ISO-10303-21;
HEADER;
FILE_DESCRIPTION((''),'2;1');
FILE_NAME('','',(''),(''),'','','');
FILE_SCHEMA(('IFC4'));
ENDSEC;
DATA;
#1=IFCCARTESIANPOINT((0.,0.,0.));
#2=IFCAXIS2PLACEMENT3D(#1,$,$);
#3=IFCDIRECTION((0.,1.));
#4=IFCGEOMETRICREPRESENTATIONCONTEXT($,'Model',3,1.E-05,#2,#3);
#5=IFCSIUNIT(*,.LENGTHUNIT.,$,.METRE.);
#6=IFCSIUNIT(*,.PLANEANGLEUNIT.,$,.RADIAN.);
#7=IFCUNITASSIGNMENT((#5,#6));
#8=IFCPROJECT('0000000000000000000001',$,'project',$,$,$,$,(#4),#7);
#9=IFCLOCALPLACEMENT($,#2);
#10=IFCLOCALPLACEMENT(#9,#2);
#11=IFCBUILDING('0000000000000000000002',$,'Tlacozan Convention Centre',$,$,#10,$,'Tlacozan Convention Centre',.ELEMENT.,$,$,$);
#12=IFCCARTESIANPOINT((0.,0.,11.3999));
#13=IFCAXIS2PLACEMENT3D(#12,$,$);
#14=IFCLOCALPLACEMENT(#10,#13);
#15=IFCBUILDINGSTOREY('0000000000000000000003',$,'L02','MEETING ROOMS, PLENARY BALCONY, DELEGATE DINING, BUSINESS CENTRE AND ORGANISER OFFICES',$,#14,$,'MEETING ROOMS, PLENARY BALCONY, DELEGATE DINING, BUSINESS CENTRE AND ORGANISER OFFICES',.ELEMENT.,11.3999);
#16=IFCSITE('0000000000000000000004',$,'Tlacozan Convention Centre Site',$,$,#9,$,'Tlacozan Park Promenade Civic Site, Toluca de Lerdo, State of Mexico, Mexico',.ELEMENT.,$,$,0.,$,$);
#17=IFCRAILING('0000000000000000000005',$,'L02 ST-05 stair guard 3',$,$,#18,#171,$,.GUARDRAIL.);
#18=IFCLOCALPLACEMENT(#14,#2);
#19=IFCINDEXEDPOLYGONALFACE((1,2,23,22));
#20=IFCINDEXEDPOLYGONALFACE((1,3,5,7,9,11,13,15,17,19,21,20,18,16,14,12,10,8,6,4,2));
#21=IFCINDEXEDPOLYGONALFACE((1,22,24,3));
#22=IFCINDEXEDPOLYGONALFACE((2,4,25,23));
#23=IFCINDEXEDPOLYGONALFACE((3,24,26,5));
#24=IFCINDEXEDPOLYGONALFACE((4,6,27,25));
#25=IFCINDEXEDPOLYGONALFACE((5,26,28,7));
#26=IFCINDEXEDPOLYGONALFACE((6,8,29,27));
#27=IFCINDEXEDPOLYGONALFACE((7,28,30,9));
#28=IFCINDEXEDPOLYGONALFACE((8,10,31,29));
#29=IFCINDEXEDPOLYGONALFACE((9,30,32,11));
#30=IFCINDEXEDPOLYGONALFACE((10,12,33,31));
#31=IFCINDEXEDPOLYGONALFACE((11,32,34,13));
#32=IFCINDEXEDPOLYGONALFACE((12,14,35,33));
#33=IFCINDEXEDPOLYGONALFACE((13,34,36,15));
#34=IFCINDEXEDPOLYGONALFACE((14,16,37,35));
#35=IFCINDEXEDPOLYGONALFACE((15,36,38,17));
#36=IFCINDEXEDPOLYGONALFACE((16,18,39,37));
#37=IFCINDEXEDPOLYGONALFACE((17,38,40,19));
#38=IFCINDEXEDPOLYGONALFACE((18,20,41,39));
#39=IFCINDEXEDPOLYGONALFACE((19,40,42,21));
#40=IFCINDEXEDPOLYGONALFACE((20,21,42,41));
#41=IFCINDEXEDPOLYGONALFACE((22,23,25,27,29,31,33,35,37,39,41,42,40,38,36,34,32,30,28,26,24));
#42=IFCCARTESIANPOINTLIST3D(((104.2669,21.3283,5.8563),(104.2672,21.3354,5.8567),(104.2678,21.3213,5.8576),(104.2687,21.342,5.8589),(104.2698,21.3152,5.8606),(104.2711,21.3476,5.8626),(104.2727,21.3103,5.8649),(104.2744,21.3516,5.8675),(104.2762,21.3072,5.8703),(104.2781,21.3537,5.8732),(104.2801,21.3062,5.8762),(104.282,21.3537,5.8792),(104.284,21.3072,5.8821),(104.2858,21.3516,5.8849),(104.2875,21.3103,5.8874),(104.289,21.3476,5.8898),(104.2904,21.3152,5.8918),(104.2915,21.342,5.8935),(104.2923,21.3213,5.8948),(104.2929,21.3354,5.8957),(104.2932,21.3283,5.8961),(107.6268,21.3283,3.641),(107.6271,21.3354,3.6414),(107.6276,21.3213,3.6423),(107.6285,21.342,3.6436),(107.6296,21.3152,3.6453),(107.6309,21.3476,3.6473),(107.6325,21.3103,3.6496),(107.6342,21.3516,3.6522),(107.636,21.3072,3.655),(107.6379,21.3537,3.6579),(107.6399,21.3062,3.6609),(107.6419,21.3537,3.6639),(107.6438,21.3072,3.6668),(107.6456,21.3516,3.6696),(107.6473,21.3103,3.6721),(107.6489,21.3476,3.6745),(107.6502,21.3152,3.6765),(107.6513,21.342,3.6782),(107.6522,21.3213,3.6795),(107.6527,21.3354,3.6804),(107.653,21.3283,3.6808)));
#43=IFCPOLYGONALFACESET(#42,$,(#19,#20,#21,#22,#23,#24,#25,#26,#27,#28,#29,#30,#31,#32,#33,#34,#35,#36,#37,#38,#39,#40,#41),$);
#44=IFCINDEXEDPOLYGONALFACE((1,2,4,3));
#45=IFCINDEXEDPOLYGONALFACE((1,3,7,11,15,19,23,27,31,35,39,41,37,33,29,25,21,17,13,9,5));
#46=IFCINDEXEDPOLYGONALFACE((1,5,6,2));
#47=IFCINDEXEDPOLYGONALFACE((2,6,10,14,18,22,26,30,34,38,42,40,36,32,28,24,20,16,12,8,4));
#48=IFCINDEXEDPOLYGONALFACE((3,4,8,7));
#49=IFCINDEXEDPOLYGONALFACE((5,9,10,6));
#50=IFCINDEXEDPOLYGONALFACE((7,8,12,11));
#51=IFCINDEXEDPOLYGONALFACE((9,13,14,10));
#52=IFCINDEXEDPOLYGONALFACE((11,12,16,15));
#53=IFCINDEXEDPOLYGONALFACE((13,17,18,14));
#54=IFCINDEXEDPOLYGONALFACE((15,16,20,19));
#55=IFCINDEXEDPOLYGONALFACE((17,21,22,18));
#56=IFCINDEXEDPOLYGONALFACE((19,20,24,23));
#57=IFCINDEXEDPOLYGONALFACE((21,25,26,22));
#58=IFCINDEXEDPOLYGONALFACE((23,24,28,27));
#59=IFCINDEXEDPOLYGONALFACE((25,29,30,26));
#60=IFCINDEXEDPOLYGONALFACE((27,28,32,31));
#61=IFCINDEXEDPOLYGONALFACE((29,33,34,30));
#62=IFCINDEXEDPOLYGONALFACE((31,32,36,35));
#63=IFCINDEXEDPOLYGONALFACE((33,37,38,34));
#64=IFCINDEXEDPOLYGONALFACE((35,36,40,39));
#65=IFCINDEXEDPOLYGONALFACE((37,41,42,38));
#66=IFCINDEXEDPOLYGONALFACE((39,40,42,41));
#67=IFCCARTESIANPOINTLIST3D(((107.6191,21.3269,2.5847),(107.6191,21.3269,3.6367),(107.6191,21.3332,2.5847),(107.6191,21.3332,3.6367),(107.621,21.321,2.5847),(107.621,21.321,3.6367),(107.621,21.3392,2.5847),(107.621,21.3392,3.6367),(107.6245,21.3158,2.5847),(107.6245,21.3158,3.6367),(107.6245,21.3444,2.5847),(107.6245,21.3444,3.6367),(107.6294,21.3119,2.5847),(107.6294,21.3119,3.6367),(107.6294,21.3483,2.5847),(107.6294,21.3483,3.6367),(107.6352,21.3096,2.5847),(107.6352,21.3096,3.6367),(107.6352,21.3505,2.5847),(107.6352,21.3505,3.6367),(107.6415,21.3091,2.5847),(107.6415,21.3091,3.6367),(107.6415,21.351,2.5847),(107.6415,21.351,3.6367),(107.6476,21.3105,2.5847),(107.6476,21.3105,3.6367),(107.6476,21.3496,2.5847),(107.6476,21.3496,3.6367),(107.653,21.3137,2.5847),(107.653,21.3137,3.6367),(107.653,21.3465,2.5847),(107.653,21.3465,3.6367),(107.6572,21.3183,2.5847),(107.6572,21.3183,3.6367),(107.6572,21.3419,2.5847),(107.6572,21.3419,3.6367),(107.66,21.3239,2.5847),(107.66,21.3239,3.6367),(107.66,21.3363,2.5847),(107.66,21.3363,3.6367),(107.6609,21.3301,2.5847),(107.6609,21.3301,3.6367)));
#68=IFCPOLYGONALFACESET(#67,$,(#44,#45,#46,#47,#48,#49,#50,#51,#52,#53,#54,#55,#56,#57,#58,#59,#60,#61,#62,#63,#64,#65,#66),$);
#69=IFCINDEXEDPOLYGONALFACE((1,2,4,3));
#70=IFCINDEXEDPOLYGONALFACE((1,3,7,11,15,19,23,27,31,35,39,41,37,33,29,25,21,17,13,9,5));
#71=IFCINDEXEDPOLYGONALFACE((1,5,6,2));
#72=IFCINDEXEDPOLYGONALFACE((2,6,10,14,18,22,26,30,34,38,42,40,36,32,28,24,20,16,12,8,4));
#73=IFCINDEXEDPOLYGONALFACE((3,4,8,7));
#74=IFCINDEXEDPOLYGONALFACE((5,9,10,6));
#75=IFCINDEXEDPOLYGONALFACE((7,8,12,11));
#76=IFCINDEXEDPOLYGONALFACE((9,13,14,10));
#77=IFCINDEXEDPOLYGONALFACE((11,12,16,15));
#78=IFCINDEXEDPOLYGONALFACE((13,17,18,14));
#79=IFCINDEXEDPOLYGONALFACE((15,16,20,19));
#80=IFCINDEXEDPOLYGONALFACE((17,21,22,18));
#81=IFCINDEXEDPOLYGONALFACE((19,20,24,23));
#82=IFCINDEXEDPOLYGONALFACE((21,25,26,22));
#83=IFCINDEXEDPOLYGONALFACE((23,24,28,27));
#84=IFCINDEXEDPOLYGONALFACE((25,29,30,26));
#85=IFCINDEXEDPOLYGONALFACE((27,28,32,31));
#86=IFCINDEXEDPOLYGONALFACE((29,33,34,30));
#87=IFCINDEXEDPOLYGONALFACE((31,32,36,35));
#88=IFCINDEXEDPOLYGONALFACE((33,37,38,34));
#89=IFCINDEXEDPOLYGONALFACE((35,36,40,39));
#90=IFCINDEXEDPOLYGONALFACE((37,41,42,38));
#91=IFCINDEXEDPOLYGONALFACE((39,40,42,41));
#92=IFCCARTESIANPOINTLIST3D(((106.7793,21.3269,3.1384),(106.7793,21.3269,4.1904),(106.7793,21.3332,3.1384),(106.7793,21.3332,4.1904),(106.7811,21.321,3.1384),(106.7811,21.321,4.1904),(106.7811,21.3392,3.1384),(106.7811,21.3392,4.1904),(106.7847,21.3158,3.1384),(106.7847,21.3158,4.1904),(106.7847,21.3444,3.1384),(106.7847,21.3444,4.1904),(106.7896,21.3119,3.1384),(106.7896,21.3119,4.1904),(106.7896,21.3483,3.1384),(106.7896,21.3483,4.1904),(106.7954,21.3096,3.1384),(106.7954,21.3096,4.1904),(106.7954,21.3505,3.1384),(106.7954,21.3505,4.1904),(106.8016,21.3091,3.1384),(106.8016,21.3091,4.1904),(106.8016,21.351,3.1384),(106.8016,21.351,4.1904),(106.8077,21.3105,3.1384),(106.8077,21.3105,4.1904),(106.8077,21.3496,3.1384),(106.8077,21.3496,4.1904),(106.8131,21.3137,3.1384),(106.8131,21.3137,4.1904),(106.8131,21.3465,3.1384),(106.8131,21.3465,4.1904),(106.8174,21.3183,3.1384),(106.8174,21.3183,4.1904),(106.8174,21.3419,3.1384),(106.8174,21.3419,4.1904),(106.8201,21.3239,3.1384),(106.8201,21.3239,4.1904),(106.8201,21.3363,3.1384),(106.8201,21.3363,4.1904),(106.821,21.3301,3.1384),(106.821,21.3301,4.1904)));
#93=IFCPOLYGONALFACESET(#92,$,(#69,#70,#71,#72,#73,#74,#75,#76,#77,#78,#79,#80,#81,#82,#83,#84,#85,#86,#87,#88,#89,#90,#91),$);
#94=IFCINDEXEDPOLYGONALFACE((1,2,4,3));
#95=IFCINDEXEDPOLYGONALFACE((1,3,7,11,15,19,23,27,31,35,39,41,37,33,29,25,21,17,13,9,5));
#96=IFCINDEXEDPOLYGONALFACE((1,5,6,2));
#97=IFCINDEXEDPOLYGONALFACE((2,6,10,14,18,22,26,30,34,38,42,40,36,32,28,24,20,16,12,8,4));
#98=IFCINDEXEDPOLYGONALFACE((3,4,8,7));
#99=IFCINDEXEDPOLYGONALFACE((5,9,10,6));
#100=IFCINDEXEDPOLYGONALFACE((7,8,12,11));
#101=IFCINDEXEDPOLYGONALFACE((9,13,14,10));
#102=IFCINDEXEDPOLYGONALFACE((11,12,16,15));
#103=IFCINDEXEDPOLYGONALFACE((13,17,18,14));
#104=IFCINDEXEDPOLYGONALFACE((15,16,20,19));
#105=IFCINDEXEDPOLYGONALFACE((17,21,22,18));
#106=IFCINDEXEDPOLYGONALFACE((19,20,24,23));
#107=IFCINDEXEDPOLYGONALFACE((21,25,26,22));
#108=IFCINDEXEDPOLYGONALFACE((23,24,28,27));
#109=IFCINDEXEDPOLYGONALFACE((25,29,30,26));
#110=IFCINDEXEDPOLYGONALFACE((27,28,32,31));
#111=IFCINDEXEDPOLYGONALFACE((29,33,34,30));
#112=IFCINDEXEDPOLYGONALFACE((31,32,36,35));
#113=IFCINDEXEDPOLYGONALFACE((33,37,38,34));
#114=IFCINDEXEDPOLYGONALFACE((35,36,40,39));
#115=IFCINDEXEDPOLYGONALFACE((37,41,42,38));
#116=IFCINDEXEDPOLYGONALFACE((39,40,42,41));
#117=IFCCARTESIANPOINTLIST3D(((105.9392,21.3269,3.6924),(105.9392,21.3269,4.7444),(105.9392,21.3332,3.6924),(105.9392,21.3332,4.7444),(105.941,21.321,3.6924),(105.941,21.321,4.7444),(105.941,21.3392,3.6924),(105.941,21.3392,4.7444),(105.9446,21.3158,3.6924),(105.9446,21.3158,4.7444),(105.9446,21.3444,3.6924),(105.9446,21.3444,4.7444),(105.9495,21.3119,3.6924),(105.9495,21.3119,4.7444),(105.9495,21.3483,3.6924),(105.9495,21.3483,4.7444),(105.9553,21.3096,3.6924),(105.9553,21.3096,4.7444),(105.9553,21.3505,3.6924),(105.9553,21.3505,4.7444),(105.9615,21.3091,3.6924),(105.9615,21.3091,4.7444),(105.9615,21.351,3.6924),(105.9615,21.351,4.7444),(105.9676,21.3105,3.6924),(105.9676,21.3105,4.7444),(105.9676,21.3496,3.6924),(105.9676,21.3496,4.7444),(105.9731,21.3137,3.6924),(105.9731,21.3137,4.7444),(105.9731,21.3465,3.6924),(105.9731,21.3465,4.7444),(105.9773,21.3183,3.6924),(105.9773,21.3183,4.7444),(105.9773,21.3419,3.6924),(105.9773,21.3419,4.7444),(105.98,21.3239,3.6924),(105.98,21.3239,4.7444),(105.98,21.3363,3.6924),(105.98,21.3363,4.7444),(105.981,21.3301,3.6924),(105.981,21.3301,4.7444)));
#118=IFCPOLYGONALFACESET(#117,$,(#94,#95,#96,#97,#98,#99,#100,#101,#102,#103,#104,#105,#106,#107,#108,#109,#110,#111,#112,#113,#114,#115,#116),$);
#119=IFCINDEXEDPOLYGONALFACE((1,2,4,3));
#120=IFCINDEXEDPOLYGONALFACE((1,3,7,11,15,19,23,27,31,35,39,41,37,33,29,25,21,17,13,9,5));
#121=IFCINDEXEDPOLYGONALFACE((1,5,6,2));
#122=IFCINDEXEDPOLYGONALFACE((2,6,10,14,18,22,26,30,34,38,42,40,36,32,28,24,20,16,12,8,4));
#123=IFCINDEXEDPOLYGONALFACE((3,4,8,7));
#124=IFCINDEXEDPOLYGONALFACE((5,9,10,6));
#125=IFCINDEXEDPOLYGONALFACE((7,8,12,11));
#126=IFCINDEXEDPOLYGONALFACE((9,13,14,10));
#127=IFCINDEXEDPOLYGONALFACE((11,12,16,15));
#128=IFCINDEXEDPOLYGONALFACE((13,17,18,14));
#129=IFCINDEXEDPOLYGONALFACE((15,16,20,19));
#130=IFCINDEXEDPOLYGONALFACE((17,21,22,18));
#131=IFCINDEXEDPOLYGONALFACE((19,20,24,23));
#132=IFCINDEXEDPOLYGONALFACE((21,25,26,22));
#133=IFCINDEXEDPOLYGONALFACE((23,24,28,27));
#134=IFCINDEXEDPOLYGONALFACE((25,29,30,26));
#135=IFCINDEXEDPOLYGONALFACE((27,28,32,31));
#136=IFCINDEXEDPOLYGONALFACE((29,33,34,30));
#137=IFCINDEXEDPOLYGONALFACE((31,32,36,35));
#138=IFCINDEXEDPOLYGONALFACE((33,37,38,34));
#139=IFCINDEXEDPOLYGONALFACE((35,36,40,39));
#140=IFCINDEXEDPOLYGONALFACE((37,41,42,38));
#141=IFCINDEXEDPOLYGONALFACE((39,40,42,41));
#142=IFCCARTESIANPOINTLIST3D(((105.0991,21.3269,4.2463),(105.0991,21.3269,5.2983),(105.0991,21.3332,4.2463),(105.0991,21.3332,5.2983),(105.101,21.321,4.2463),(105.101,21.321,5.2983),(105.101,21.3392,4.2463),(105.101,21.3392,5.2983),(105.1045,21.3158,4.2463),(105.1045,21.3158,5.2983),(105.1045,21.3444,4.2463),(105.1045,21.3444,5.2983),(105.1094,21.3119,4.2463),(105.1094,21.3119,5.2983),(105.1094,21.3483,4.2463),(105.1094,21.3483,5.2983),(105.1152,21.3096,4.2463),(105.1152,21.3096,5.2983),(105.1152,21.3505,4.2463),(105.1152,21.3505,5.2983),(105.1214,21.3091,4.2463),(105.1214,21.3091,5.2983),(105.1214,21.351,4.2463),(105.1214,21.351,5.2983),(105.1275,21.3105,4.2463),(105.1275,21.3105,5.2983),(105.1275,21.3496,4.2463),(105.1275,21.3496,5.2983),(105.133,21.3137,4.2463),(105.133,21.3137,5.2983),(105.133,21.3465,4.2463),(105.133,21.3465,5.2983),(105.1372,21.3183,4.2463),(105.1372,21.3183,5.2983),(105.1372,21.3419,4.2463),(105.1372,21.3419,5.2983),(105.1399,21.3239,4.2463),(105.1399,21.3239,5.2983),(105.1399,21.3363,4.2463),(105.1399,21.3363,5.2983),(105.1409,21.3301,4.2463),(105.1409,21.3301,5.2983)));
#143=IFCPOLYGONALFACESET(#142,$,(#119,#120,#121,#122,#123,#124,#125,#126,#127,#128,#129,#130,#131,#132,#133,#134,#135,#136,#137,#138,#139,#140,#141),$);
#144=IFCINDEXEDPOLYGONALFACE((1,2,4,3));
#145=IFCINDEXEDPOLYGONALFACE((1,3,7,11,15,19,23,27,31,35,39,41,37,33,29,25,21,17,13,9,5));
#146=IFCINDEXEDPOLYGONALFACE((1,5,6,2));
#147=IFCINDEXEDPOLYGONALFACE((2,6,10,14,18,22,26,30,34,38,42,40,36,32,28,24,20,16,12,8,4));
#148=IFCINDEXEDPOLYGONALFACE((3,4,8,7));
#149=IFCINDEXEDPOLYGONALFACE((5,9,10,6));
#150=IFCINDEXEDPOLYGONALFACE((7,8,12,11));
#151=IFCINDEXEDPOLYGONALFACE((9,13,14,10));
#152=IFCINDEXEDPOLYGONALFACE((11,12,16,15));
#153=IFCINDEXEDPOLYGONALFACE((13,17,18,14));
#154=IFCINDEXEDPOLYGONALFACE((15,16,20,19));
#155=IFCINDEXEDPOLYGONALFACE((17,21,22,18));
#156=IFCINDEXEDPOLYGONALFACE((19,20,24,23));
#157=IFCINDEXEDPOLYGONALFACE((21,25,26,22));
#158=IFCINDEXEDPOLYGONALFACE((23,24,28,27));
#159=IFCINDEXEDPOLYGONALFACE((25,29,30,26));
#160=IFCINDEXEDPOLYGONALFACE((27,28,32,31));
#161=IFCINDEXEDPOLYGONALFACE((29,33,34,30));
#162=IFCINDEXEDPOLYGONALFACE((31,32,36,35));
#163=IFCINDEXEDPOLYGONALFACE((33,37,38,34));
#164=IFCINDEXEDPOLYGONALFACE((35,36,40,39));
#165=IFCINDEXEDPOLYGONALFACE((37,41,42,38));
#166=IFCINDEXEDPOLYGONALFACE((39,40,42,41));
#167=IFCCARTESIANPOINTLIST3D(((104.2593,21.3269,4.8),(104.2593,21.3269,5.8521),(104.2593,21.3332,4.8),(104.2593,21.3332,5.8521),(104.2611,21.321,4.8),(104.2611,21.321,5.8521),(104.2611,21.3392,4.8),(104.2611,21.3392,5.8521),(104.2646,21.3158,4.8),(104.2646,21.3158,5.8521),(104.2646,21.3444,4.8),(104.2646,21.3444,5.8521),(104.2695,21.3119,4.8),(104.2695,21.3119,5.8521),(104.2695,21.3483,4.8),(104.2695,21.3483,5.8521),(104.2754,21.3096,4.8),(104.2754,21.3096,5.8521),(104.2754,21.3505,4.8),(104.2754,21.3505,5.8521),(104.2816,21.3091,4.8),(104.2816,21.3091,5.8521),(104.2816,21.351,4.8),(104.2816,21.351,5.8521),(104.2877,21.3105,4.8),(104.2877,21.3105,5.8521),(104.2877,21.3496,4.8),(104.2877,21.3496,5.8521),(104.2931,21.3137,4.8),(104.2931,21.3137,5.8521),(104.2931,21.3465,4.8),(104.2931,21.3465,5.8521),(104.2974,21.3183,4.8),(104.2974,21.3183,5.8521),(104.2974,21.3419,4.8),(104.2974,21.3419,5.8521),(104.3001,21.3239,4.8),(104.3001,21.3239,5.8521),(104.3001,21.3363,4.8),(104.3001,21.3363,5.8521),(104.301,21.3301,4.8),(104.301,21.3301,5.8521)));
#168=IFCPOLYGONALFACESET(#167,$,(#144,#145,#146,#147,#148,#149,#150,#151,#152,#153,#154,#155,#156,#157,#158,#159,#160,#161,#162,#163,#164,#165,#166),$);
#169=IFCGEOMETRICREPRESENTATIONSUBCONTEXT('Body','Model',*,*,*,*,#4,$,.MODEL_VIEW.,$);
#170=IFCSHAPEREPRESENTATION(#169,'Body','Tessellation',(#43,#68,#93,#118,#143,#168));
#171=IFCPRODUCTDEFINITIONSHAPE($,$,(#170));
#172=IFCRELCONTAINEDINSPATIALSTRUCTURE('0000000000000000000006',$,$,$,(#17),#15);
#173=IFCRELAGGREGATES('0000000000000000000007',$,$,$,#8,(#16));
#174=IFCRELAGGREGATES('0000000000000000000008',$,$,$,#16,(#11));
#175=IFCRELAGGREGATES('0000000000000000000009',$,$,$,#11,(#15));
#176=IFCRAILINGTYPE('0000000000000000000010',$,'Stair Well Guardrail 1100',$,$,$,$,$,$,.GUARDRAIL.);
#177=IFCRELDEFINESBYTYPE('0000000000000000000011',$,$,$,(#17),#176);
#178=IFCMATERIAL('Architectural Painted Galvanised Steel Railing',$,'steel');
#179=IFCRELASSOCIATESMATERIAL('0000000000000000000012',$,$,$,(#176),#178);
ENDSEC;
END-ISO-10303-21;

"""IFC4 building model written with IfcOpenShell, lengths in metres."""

from ifc_helpers import new_model, si_unit, direction, frame, origin, origin_2d, place, context, subcontext, project, spatial, circle, extrude, material, type_object, element, save


model = new_model("IFC4")

# Units and contexts
model_context = context("Model", 3, precision=1e-05, world=origin(), true_north=direction((0.0, 1.0)))
body_context = subcontext(model_context, "Body", "Model", "MODEL_VIEW")
ifc_project = project(units=[si_unit("LENGTHUNIT", "METRE"), si_unit("PLANEANGLEUNIT", "RADIAN")], contexts=[model_context])

# Site, building, storey
site_placement = place(None, origin())
site = spatial("IfcSite", under=ifc_project, at=site_placement, Name="Tlacozan Convention Centre Site", LongName="Tlacozan Park Promenade Civic Site, Toluca de Lerdo, State of Mexico, Mexico", CompositionType="ELEMENT", RefElevation=0.0)
building_placement = place(site_placement, origin())
building = spatial("IfcBuilding", under=site, at=building_placement, Name="Tlacozan Convention Centre", LongName="Tlacozan Convention Centre", CompositionType="ELEMENT")
storey_placement = place(building_placement, frame((0.0, 0.0, 11.3999)))
storey = spatial("IfcBuildingStorey", under=building, at=storey_placement, Name="L02", Description="MEETING ROOMS, PLENARY BALCONY, DELEGATE DINING, BUSINESS CENTRE AND ORGANISER OFFICES", LongName="MEETING ROOMS, PLENARY BALCONY, DELEGATE DINING, BUSINESS CENTRE AND ORGANISER OFFICES", CompositionType="ELEMENT", Elevation=11.3999)

# Railing
ifc_material_1 = material(Name="Architectural Painted Galvanised Steel Railing", Category="steel")
railing_type_1 = type_object("IfcRailingType", Name="Stair Well Guardrail 1100", PredefinedType="GUARDRAIL", material=ifc_material_1)
railing_1_placement = place(storey_placement, frame((107.6399, 21.3301, 2.5847)))
element("IfcRailing", 1, at=railing_1_placement, inside=storey, type_object=railing_type_1, Name="L02 ST-05 stair guard 3", PredefinedType="GUARDRAIL", context=body_context, shape_type="SweptSolid", body=[
    extrude(circle(Radius=0.0239, at=origin_2d()), frame((0.0, 0.0, 1.0762), z_axis=(-0.834858, 0.0, 0.550465), x_axis=(0.0, -1.0, 0.0)), (0.0, 0.0, 1.0), 4.0244),
    extrude(circle(Radius=0.021, at=origin_2d()), origin(), (0.0, 0.0, 1.0), 1.052),
    extrude(circle(Radius=0.021, at=origin_2d()), frame((-0.8398, 0.0, 0.5537)), (0.0, 0.0, 1.0), 1.052),
    extrude(circle(Radius=0.021, at=origin_2d()), frame((-1.6799, 0.0, 1.1077)), (0.0, 0.0, 1.0), 1.052),
    extrude(circle(Radius=0.021, at=origin_2d()), frame((-2.52, 0.0, 1.6616)), (0.0, 0.0, 1.0), 1.052),
    extrude(circle(Radius=0.021, at=origin_2d()), frame((-3.3599, 0.0, 2.2153)), (0.0, 0.0, 1.0), 1.052),
])

save(model, "model.ifc")
